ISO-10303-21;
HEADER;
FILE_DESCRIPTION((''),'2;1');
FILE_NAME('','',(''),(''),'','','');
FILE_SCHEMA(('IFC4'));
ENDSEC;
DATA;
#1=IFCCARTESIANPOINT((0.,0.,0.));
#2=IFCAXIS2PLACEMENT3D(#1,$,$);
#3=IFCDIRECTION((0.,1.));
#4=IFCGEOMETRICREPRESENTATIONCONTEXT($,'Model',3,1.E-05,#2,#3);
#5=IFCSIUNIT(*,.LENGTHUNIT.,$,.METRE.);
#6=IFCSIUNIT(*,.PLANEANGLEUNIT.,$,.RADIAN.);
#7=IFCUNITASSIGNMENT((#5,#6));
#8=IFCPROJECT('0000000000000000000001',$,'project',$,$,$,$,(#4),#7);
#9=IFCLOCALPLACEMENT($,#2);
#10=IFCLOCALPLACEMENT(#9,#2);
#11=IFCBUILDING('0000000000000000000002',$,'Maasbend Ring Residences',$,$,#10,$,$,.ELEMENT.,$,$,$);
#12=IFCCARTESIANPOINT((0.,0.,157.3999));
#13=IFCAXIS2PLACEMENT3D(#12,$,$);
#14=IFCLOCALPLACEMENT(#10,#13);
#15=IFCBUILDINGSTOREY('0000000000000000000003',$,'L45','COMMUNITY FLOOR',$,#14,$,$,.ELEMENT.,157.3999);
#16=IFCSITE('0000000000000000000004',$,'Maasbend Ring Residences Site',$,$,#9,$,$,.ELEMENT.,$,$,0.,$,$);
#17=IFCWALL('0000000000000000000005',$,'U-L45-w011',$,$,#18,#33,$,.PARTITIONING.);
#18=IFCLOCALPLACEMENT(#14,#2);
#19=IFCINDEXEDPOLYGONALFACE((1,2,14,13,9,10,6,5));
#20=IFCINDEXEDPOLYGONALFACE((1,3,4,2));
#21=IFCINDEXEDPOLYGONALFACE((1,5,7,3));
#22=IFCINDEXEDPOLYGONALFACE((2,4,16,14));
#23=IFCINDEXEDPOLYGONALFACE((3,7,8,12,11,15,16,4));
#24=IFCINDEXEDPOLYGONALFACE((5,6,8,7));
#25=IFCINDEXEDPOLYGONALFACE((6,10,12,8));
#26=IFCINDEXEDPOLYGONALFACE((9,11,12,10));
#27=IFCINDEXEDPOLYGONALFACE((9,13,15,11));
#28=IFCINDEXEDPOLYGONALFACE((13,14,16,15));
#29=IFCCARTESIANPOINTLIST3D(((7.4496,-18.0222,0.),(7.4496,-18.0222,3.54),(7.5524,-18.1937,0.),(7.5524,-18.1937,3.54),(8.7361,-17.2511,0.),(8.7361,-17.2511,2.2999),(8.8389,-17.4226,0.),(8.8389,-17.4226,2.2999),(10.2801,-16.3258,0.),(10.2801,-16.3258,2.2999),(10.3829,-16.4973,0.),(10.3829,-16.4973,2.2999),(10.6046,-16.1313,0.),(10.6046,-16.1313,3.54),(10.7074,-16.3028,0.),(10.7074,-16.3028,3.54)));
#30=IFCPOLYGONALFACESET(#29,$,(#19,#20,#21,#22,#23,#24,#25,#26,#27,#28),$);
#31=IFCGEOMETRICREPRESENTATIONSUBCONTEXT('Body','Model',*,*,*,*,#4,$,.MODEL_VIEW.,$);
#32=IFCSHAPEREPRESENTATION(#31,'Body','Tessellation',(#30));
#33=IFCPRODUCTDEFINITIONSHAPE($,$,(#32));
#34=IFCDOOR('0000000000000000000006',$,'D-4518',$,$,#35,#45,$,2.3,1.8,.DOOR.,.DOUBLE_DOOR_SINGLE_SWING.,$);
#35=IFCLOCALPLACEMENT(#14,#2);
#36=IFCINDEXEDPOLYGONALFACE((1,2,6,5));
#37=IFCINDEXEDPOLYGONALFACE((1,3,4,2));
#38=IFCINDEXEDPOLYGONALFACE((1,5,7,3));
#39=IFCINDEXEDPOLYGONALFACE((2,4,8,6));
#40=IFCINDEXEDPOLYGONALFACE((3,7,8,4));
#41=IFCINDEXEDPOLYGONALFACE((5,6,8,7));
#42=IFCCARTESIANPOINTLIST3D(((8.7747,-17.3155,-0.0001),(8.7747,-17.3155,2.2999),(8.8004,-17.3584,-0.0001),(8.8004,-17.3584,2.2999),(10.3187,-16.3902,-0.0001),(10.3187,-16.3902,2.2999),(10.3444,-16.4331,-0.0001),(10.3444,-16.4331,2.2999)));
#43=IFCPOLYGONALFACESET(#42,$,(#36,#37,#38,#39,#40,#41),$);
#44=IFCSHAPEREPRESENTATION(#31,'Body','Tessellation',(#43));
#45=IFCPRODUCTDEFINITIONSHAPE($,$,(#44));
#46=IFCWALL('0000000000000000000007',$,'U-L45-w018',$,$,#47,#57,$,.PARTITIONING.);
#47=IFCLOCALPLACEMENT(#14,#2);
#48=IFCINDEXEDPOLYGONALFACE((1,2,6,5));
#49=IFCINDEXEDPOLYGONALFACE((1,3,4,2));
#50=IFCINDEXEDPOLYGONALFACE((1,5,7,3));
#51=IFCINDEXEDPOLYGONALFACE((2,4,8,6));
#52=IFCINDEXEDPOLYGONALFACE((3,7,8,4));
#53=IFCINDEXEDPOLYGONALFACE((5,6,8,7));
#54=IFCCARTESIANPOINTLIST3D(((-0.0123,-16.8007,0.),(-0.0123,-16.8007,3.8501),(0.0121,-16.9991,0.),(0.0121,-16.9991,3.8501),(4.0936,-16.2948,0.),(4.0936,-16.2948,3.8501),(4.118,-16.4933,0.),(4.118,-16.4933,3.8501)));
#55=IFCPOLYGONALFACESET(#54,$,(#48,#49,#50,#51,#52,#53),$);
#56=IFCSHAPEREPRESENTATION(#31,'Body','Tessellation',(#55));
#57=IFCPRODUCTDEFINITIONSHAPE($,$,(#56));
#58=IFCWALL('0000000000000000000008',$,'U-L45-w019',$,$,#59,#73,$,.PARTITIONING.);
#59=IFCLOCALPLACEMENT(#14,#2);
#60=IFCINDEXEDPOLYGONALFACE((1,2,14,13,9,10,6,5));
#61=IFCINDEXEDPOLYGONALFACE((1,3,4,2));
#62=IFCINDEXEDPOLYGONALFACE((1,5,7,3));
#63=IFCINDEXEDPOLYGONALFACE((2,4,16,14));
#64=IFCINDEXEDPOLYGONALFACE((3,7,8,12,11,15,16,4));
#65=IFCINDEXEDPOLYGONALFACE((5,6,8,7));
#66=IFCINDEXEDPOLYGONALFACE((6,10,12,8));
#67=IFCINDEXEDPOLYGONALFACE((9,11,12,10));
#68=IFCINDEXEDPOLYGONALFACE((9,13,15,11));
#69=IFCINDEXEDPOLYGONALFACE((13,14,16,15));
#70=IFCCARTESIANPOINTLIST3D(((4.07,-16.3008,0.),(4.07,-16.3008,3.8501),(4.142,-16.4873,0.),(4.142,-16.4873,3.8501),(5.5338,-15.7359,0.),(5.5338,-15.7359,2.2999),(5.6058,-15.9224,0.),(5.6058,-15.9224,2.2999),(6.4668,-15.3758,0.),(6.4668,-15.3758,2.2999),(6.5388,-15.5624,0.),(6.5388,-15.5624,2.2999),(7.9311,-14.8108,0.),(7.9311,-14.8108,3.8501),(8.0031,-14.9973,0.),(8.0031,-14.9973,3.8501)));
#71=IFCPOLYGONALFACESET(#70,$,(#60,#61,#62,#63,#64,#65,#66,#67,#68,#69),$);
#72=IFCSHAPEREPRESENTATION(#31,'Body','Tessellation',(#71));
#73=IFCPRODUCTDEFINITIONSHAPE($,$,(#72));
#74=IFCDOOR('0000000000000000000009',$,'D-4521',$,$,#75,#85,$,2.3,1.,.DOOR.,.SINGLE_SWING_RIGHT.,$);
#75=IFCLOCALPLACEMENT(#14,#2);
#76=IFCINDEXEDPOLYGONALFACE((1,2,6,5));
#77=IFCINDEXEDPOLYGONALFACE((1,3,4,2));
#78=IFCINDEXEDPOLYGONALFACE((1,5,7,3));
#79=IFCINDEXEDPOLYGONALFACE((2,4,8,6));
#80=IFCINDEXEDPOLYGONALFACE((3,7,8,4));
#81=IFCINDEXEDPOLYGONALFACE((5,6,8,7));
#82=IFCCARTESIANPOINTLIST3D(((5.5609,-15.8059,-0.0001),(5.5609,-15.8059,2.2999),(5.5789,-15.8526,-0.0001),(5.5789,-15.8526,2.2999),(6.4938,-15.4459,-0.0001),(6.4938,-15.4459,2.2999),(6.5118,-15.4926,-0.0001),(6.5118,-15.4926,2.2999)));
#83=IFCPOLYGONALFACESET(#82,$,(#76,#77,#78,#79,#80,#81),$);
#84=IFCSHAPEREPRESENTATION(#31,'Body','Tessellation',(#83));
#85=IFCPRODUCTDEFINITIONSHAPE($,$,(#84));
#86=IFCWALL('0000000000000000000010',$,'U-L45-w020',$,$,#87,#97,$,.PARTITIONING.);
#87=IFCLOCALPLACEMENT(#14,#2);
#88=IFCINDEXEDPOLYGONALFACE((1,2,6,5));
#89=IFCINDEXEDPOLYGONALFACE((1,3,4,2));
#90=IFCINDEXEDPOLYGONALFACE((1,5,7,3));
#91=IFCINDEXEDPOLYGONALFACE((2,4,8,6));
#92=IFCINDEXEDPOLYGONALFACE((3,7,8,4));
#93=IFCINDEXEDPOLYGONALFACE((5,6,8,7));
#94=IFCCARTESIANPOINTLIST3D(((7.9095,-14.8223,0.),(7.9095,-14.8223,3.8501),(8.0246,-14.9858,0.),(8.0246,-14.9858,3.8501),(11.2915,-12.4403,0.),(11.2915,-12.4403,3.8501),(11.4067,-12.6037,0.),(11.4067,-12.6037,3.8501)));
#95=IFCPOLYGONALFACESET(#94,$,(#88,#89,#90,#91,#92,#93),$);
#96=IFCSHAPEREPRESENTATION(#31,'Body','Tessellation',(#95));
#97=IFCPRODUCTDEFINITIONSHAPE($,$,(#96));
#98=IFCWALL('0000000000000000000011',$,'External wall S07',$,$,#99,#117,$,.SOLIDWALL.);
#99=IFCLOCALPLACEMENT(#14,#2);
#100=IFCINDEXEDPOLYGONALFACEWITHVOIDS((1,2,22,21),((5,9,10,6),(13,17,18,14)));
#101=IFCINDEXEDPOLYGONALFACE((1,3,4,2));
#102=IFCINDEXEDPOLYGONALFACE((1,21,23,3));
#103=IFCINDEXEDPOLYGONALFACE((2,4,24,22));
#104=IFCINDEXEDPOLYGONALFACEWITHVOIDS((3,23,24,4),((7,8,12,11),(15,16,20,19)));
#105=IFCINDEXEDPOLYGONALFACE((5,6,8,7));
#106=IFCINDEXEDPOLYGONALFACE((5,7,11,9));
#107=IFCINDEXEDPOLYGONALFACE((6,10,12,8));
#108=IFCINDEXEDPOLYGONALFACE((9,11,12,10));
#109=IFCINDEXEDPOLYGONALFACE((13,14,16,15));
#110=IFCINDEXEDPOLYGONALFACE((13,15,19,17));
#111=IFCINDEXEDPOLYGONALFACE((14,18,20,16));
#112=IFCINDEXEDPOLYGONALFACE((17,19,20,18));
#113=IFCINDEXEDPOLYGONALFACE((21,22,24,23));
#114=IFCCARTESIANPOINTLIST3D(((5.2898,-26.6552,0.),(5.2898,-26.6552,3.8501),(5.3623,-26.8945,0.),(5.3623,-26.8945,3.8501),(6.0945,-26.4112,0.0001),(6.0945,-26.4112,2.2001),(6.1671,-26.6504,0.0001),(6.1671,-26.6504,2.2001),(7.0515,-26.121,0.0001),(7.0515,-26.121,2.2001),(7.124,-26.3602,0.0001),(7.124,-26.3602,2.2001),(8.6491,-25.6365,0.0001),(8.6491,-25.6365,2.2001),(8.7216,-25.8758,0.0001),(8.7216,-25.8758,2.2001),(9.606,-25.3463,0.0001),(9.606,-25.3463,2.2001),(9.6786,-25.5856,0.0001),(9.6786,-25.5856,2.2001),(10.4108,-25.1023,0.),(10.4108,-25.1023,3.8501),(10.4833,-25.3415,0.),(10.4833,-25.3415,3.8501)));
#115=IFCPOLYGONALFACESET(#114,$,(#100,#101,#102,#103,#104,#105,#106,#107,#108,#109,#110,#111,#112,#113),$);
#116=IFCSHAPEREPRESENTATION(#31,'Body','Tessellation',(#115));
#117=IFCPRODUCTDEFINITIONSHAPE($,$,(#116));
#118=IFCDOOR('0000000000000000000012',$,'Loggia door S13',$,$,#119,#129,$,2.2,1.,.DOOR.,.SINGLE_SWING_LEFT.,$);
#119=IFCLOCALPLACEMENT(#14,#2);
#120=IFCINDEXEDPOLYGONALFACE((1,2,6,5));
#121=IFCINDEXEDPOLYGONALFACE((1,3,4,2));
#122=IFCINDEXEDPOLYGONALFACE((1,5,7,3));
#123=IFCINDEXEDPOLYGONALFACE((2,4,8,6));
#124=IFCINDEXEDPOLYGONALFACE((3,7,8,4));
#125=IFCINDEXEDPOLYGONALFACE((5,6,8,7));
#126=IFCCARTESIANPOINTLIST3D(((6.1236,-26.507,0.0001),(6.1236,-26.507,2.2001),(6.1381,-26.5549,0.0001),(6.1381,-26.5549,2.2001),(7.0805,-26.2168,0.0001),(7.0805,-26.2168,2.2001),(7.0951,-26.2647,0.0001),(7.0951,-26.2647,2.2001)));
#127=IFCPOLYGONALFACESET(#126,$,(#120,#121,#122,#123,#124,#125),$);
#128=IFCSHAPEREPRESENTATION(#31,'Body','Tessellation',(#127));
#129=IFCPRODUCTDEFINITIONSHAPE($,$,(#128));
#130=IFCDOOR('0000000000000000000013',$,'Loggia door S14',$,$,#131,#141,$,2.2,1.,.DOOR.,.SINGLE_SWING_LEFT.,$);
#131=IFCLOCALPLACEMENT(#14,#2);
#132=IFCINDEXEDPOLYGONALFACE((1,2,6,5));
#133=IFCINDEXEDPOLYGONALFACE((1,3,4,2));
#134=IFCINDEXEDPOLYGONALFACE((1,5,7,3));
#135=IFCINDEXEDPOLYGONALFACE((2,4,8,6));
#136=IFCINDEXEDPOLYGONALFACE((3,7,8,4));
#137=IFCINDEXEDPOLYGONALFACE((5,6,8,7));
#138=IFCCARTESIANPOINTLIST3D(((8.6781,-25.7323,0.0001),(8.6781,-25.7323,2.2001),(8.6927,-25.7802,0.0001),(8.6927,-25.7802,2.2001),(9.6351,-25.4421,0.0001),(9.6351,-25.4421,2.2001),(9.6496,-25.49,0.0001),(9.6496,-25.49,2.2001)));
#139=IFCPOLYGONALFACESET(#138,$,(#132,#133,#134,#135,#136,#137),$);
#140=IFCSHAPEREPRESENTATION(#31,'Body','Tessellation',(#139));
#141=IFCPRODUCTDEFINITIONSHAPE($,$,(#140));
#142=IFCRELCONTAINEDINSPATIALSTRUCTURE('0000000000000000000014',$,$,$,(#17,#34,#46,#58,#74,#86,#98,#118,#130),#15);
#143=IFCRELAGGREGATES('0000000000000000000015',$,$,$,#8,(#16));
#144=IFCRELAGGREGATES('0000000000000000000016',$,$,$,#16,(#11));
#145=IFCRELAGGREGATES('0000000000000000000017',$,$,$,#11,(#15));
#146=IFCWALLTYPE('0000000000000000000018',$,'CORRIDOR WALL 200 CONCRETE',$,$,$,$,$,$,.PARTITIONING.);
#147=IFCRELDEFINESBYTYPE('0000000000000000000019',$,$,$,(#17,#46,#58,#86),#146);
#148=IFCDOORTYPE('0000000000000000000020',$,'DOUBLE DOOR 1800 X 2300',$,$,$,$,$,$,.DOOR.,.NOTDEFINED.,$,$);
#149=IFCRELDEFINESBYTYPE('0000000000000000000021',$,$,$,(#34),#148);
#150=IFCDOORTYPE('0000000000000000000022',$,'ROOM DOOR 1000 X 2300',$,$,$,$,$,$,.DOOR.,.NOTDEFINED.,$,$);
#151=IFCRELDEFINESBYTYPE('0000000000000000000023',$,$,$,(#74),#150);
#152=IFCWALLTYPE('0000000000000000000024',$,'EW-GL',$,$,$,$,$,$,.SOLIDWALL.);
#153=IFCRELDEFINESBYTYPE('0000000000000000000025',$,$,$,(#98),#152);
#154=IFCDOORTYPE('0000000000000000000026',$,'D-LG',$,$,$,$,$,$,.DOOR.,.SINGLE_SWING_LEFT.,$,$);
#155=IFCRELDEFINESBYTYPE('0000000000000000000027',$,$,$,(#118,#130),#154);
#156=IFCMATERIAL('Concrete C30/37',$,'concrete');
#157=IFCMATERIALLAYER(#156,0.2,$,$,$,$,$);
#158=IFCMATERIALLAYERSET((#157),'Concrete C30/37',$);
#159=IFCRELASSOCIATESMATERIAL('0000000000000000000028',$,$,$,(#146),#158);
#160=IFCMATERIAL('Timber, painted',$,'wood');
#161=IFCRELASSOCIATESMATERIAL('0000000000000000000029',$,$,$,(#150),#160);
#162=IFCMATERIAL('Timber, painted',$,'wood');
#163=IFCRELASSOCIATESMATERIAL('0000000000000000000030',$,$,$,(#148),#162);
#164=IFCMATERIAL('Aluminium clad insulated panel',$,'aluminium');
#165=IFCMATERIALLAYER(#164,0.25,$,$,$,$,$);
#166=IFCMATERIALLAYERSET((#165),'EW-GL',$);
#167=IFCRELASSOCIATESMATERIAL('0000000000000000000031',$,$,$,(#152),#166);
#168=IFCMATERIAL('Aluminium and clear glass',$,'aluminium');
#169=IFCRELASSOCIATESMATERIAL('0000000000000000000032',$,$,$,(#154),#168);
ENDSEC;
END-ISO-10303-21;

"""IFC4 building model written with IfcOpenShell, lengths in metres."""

from ifc_helpers import new_model, si_unit, direction, frame, frame_2d, origin, place, context, subcontext, project, spatial, rectangle, extrude, material, layer, layer_set, type_object, element, fill, save


model = new_model("IFC4")

# Units and contexts
model_context = context("Model", 3, precision=1e-05, world=origin(), true_north=direction((0.0, 1.0)))
body_context = subcontext(model_context, "Body", "Model", "MODEL_VIEW")
ifc_project = project(units=[si_unit("LENGTHUNIT", "METRE"), si_unit("PLANEANGLEUNIT", "RADIAN")], contexts=[model_context])

# Site, building, storey
site_placement = place(None, origin())
site = spatial("IfcSite", under=ifc_project, at=site_placement, Name="Maasbend Ring Residences Site", CompositionType="ELEMENT", RefElevation=0.0)
building_placement = place(site_placement, origin())
building = spatial("IfcBuilding", under=site, at=building_placement, Name="Maasbend Ring Residences", CompositionType="ELEMENT")
storey_placement = place(building_placement, frame((0.0, 0.0, 157.3999)))
storey = spatial("IfcBuildingStorey", under=building, at=storey_placement, Name="L45", Description="COMMUNITY FLOOR", CompositionType="ELEMENT", Elevation=157.3999)

# Shared definitions
ifc_material_1 = material(Name="Concrete C30/37", Category="concrete")
ifc_layer_1 = layer(ifc_material_1, 0.2)
ifc_layer_set_1 = layer_set([ifc_layer_1], Name="Concrete C30/37")
wall_type_1 = type_object("IfcWallType", Name="CORRIDOR WALL 200 CONCRETE", PredefinedType="PARTITIONING", material=ifc_layer_set_1)

# Wall, opening, door
ifc_material_2 = material(Name="Timber, painted", Category="wood")
door_type_1 = type_object("IfcDoorType", Name="ROOM DOOR 1000 X 2300", OperationType="NOTDEFINED", PredefinedType="DOOR", material=ifc_material_2)
wall_1_placement = place(storey_placement, frame((7.501, -18.1079, 0.0), z_axis=(0.0, 0.0, 1.0), x_axis=(0.857751, 0.514066, 0.0)))
wall_1 = element("IfcWall", 1, at=wall_1_placement, inside=storey, type_object=wall_type_1, Name="U-L45-w011", PredefinedType="PARTITIONING", context=body_context, shape_type="SweptSolid", body=[
    extrude(rectangle(XDim=3.6782, YDim=0.2, at=frame_2d((1.8391, 0.0))), origin(), (0.0, 0.0, 1.0), 3.54),
])
opening_1_placement = place(wall_1_placement, frame((1.5, 0.0, 0.0)))
opening_1 = element("IfcOpeningElement", 2, at=opening_1_placement, cuts=wall_1, PredefinedType="OPENING", context=body_context, shape_type="SweptSolid", body=[
    extrude(rectangle(XDim=1.8, YDim=2.3, at=frame_2d((0.8999, 1.1499))), frame((0.0, 0.1099, 0.0), z_axis=(0.0, -1.0, 0.0), x_axis=(1.0, 0.0, 0.0)), (0.0, 0.0, 1.0), 0.22),
])
ifc_material_3 = material(Name="Timber, painted", Category="wood")
door_type_2 = type_object("IfcDoorType", Name="DOUBLE DOOR 1800 X 2300", OperationType="NOTDEFINED", PredefinedType="DOOR", material=ifc_material_3)
door_1_placement = place(opening_1_placement, origin())
door_1 = element("IfcDoor", 3, at=door_1_placement, inside=storey, type_object=door_type_2, Name="D-4518", OperationType="DOUBLE_DOOR_SINGLE_SWING", OverallHeight=2.3, OverallWidth=1.8, PredefinedType="DOOR", context=body_context, shape_type="SweptSolid", body=[
    extrude(rectangle(XDim=1.8, YDim=2.3, at=frame_2d((0.8999, 1.1499))), frame((0.0, 0.0249, 0.0), z_axis=(0.0, -1.0, 0.0), x_axis=(1.0, 0.0, 0.0)), (0.0, 0.0, 1.0), 0.05),
])
fill(opening_1, door_1)

# Wall
wall_2_placement = place(storey_placement, frame((0.0, -16.8999, 0.0), z_axis=(0.0, 0.0, 1.0), x_axis=(0.992496, 0.122277, 0.0)))
element("IfcWall", 4, at=wall_2_placement, inside=storey, type_object=wall_type_1, Name="U-L45-w018", PredefinedType="PARTITIONING", context=body_context, shape_type="SweptSolid", body=[
    extrude(rectangle(XDim=4.137, YDim=0.2, at=frame_2d((2.0684, 0.0))), origin(), (0.0, 0.0, 1.0), 3.8501),
])

# Wall, opening, door
wall_3_placement = place(storey_placement, frame((4.106, -16.394, 0.0), z_axis=(0.0, 0.0, 1.0), x_axis=(0.932944, 0.360022, 0.0)))
wall_3 = element("IfcWall", 5, at=wall_3_placement, inside=storey, type_object=wall_type_1, Name="U-L45-w019", PredefinedType="PARTITIONING", context=body_context, shape_type="SweptSolid", body=[
    extrude(rectangle(XDim=4.1387, YDim=0.2, at=frame_2d((2.0693, 0.0))), origin(), (0.0, 0.0, 1.0), 3.8501),
])
opening_2_placement = place(wall_3_placement, frame((1.5691, 0.0, 0.0)))
opening_2 = element("IfcOpeningElement", 6, at=opening_2_placement, cuts=wall_3, PredefinedType="OPENING", context=body_context, shape_type="SweptSolid", body=[
    extrude(rectangle(XDim=1.0, YDim=2.3, at=frame_2d((0.5, 1.1499))), frame((0.0, 0.1099, 0.0), z_axis=(0.0, -1.0, 0.0), x_axis=(1.0, 0.0, 0.0)), (0.0, 0.0, 1.0), 0.22),
])
door_2_placement = place(opening_2_placement, origin())
door_2 = element("IfcDoor", 7, at=door_2_placement, inside=storey, type_object=door_type_1, Name="D-4521", OperationType="SINGLE_SWING_RIGHT", OverallHeight=2.3, OverallWidth=1.0, PredefinedType="DOOR", context=body_context, shape_type="SweptSolid", body=[
    extrude(rectangle(XDim=1.0, YDim=2.3, at=frame_2d((0.5, 1.1499))), frame((0.0, 0.0249, 0.0), z_axis=(0.0, -1.0, 0.0), x_axis=(1.0, 0.0, 0.0)), (0.0, 0.0, 1.0), 0.05),
])
fill(opening_2, door_2)

# Wall
wall_4_placement = place(storey_placement, frame((7.967, -14.9041, 0.0), z_axis=(0.0, 0.0, 1.0), x_axis=(0.817568, 0.575833, 0.0)))
element("IfcWall", 8, at=wall_4_placement, inside=storey, type_object=wall_type_1, Name="U-L45-w020", PredefinedType="PARTITIONING", context=body_context, shape_type="SweptSolid", body=[
    extrude(rectangle(XDim=4.1367, YDim=0.2, at=frame_2d((2.0684, 0.0))), origin(), (0.0, 0.0, 1.0), 3.8501),
])

# Wall, openings, doors
ifc_material_4 = material(Name="Aluminium clad insulated panel", Category="aluminium")
ifc_layer_2 = layer(ifc_material_4, 0.25)
ifc_layer_set_2 = layer_set([ifc_layer_2], Name="EW-GL")
wall_type_2 = type_object("IfcWallType", Name="EW-GL", PredefinedType="SOLIDWALL", material=ifc_layer_set_2)
wall_5_placement = place(storey_placement, frame((5.3259, -26.7749, 0.0), z_axis=(0.0, 0.0, 1.0), x_axis=(0.956966, 0.290201, 0.0)))
wall_5 = element("IfcWall", 9, at=wall_5_placement, inside=storey, type_object=wall_type_2, Name="External wall S07", PredefinedType="SOLIDWALL", context=body_context, shape_type="SweptSolid", body=[
    extrude(rectangle(XDim=5.3513, YDim=0.25, at=frame_2d((2.6758, 0.0))), origin(), (0.0, 0.0, 1.0), 3.8501),
])
opening_3_placement = place(wall_5_placement, frame((0.8411, 0.0, 0.0)))
opening_3 = element("IfcOpeningElement", 10, at=opening_3_placement, cuts=wall_5, PredefinedType="OPENING", context=body_context, shape_type="SweptSolid", body=[
    extrude(rectangle(XDim=1.0, YDim=2.2, at=frame_2d((0.5, 1.1001))), frame((0.0, 0.135, 0.0), z_axis=(0.0, -1.0, 0.0), x_axis=(1.0, 0.0, 0.0)), (0.0, 0.0, 1.0), 0.27),
])
opening_4_placement = place(wall_5_placement, frame((3.5105, 0.0, 0.0)))
opening_4 = element("IfcOpeningElement", 11, at=opening_4_placement, cuts=wall_5, PredefinedType="OPENING", context=body_context, shape_type="SweptSolid", body=[
    extrude(rectangle(XDim=1.0, YDim=2.2, at=frame_2d((0.5, 1.1001))), frame((0.0, 0.135, 0.0), z_axis=(0.0, -1.0, 0.0), x_axis=(1.0, 0.0, 0.0)), (0.0, 0.0, 1.0), 0.27),
])
ifc_material_5 = material(Name="Aluminium and clear glass", Category="aluminium")
door_type_3 = type_object("IfcDoorType", Name="D-LG", OperationType="SINGLE_SWING_LEFT", PredefinedType="DOOR", material=ifc_material_5)
door_3_placement = place(opening_3_placement, origin())
door_3 = element("IfcDoor", 12, at=door_3_placement, inside=storey, type_object=door_type_3, Name="Loggia door S13", OperationType="SINGLE_SWING_LEFT", OverallHeight=2.2, OverallWidth=1.0, PredefinedType="DOOR", context=body_context, shape_type="SweptSolid", body=[
    extrude(rectangle(XDim=1.0, YDim=2.2, at=frame_2d((0.5, 1.1001))), frame((0.0, 0.0249, 0.0), z_axis=(0.0, -1.0, 0.0), x_axis=(1.0, 0.0, 0.0)), (0.0, 0.0, 1.0), 0.05),
])
fill(opening_3, door_3)
door_4_placement = place(opening_4_placement, origin())
door_4 = element("IfcDoor", 13, at=door_4_placement, inside=storey, type_object=door_type_3, Name="Loggia door S14", OperationType="SINGLE_SWING_LEFT", OverallHeight=2.2, OverallWidth=1.0, PredefinedType="DOOR", context=body_context, shape_type="SweptSolid", body=[
    extrude(rectangle(XDim=1.0, YDim=2.2, at=frame_2d((0.5, 1.1001))), frame((0.0, 0.0249, 0.0), z_axis=(0.0, -1.0, 0.0), x_axis=(1.0, 0.0, 0.0)), (0.0, 0.0, 1.0), 0.05),
])
fill(opening_4, door_4)

save(model, "model.ifc")
